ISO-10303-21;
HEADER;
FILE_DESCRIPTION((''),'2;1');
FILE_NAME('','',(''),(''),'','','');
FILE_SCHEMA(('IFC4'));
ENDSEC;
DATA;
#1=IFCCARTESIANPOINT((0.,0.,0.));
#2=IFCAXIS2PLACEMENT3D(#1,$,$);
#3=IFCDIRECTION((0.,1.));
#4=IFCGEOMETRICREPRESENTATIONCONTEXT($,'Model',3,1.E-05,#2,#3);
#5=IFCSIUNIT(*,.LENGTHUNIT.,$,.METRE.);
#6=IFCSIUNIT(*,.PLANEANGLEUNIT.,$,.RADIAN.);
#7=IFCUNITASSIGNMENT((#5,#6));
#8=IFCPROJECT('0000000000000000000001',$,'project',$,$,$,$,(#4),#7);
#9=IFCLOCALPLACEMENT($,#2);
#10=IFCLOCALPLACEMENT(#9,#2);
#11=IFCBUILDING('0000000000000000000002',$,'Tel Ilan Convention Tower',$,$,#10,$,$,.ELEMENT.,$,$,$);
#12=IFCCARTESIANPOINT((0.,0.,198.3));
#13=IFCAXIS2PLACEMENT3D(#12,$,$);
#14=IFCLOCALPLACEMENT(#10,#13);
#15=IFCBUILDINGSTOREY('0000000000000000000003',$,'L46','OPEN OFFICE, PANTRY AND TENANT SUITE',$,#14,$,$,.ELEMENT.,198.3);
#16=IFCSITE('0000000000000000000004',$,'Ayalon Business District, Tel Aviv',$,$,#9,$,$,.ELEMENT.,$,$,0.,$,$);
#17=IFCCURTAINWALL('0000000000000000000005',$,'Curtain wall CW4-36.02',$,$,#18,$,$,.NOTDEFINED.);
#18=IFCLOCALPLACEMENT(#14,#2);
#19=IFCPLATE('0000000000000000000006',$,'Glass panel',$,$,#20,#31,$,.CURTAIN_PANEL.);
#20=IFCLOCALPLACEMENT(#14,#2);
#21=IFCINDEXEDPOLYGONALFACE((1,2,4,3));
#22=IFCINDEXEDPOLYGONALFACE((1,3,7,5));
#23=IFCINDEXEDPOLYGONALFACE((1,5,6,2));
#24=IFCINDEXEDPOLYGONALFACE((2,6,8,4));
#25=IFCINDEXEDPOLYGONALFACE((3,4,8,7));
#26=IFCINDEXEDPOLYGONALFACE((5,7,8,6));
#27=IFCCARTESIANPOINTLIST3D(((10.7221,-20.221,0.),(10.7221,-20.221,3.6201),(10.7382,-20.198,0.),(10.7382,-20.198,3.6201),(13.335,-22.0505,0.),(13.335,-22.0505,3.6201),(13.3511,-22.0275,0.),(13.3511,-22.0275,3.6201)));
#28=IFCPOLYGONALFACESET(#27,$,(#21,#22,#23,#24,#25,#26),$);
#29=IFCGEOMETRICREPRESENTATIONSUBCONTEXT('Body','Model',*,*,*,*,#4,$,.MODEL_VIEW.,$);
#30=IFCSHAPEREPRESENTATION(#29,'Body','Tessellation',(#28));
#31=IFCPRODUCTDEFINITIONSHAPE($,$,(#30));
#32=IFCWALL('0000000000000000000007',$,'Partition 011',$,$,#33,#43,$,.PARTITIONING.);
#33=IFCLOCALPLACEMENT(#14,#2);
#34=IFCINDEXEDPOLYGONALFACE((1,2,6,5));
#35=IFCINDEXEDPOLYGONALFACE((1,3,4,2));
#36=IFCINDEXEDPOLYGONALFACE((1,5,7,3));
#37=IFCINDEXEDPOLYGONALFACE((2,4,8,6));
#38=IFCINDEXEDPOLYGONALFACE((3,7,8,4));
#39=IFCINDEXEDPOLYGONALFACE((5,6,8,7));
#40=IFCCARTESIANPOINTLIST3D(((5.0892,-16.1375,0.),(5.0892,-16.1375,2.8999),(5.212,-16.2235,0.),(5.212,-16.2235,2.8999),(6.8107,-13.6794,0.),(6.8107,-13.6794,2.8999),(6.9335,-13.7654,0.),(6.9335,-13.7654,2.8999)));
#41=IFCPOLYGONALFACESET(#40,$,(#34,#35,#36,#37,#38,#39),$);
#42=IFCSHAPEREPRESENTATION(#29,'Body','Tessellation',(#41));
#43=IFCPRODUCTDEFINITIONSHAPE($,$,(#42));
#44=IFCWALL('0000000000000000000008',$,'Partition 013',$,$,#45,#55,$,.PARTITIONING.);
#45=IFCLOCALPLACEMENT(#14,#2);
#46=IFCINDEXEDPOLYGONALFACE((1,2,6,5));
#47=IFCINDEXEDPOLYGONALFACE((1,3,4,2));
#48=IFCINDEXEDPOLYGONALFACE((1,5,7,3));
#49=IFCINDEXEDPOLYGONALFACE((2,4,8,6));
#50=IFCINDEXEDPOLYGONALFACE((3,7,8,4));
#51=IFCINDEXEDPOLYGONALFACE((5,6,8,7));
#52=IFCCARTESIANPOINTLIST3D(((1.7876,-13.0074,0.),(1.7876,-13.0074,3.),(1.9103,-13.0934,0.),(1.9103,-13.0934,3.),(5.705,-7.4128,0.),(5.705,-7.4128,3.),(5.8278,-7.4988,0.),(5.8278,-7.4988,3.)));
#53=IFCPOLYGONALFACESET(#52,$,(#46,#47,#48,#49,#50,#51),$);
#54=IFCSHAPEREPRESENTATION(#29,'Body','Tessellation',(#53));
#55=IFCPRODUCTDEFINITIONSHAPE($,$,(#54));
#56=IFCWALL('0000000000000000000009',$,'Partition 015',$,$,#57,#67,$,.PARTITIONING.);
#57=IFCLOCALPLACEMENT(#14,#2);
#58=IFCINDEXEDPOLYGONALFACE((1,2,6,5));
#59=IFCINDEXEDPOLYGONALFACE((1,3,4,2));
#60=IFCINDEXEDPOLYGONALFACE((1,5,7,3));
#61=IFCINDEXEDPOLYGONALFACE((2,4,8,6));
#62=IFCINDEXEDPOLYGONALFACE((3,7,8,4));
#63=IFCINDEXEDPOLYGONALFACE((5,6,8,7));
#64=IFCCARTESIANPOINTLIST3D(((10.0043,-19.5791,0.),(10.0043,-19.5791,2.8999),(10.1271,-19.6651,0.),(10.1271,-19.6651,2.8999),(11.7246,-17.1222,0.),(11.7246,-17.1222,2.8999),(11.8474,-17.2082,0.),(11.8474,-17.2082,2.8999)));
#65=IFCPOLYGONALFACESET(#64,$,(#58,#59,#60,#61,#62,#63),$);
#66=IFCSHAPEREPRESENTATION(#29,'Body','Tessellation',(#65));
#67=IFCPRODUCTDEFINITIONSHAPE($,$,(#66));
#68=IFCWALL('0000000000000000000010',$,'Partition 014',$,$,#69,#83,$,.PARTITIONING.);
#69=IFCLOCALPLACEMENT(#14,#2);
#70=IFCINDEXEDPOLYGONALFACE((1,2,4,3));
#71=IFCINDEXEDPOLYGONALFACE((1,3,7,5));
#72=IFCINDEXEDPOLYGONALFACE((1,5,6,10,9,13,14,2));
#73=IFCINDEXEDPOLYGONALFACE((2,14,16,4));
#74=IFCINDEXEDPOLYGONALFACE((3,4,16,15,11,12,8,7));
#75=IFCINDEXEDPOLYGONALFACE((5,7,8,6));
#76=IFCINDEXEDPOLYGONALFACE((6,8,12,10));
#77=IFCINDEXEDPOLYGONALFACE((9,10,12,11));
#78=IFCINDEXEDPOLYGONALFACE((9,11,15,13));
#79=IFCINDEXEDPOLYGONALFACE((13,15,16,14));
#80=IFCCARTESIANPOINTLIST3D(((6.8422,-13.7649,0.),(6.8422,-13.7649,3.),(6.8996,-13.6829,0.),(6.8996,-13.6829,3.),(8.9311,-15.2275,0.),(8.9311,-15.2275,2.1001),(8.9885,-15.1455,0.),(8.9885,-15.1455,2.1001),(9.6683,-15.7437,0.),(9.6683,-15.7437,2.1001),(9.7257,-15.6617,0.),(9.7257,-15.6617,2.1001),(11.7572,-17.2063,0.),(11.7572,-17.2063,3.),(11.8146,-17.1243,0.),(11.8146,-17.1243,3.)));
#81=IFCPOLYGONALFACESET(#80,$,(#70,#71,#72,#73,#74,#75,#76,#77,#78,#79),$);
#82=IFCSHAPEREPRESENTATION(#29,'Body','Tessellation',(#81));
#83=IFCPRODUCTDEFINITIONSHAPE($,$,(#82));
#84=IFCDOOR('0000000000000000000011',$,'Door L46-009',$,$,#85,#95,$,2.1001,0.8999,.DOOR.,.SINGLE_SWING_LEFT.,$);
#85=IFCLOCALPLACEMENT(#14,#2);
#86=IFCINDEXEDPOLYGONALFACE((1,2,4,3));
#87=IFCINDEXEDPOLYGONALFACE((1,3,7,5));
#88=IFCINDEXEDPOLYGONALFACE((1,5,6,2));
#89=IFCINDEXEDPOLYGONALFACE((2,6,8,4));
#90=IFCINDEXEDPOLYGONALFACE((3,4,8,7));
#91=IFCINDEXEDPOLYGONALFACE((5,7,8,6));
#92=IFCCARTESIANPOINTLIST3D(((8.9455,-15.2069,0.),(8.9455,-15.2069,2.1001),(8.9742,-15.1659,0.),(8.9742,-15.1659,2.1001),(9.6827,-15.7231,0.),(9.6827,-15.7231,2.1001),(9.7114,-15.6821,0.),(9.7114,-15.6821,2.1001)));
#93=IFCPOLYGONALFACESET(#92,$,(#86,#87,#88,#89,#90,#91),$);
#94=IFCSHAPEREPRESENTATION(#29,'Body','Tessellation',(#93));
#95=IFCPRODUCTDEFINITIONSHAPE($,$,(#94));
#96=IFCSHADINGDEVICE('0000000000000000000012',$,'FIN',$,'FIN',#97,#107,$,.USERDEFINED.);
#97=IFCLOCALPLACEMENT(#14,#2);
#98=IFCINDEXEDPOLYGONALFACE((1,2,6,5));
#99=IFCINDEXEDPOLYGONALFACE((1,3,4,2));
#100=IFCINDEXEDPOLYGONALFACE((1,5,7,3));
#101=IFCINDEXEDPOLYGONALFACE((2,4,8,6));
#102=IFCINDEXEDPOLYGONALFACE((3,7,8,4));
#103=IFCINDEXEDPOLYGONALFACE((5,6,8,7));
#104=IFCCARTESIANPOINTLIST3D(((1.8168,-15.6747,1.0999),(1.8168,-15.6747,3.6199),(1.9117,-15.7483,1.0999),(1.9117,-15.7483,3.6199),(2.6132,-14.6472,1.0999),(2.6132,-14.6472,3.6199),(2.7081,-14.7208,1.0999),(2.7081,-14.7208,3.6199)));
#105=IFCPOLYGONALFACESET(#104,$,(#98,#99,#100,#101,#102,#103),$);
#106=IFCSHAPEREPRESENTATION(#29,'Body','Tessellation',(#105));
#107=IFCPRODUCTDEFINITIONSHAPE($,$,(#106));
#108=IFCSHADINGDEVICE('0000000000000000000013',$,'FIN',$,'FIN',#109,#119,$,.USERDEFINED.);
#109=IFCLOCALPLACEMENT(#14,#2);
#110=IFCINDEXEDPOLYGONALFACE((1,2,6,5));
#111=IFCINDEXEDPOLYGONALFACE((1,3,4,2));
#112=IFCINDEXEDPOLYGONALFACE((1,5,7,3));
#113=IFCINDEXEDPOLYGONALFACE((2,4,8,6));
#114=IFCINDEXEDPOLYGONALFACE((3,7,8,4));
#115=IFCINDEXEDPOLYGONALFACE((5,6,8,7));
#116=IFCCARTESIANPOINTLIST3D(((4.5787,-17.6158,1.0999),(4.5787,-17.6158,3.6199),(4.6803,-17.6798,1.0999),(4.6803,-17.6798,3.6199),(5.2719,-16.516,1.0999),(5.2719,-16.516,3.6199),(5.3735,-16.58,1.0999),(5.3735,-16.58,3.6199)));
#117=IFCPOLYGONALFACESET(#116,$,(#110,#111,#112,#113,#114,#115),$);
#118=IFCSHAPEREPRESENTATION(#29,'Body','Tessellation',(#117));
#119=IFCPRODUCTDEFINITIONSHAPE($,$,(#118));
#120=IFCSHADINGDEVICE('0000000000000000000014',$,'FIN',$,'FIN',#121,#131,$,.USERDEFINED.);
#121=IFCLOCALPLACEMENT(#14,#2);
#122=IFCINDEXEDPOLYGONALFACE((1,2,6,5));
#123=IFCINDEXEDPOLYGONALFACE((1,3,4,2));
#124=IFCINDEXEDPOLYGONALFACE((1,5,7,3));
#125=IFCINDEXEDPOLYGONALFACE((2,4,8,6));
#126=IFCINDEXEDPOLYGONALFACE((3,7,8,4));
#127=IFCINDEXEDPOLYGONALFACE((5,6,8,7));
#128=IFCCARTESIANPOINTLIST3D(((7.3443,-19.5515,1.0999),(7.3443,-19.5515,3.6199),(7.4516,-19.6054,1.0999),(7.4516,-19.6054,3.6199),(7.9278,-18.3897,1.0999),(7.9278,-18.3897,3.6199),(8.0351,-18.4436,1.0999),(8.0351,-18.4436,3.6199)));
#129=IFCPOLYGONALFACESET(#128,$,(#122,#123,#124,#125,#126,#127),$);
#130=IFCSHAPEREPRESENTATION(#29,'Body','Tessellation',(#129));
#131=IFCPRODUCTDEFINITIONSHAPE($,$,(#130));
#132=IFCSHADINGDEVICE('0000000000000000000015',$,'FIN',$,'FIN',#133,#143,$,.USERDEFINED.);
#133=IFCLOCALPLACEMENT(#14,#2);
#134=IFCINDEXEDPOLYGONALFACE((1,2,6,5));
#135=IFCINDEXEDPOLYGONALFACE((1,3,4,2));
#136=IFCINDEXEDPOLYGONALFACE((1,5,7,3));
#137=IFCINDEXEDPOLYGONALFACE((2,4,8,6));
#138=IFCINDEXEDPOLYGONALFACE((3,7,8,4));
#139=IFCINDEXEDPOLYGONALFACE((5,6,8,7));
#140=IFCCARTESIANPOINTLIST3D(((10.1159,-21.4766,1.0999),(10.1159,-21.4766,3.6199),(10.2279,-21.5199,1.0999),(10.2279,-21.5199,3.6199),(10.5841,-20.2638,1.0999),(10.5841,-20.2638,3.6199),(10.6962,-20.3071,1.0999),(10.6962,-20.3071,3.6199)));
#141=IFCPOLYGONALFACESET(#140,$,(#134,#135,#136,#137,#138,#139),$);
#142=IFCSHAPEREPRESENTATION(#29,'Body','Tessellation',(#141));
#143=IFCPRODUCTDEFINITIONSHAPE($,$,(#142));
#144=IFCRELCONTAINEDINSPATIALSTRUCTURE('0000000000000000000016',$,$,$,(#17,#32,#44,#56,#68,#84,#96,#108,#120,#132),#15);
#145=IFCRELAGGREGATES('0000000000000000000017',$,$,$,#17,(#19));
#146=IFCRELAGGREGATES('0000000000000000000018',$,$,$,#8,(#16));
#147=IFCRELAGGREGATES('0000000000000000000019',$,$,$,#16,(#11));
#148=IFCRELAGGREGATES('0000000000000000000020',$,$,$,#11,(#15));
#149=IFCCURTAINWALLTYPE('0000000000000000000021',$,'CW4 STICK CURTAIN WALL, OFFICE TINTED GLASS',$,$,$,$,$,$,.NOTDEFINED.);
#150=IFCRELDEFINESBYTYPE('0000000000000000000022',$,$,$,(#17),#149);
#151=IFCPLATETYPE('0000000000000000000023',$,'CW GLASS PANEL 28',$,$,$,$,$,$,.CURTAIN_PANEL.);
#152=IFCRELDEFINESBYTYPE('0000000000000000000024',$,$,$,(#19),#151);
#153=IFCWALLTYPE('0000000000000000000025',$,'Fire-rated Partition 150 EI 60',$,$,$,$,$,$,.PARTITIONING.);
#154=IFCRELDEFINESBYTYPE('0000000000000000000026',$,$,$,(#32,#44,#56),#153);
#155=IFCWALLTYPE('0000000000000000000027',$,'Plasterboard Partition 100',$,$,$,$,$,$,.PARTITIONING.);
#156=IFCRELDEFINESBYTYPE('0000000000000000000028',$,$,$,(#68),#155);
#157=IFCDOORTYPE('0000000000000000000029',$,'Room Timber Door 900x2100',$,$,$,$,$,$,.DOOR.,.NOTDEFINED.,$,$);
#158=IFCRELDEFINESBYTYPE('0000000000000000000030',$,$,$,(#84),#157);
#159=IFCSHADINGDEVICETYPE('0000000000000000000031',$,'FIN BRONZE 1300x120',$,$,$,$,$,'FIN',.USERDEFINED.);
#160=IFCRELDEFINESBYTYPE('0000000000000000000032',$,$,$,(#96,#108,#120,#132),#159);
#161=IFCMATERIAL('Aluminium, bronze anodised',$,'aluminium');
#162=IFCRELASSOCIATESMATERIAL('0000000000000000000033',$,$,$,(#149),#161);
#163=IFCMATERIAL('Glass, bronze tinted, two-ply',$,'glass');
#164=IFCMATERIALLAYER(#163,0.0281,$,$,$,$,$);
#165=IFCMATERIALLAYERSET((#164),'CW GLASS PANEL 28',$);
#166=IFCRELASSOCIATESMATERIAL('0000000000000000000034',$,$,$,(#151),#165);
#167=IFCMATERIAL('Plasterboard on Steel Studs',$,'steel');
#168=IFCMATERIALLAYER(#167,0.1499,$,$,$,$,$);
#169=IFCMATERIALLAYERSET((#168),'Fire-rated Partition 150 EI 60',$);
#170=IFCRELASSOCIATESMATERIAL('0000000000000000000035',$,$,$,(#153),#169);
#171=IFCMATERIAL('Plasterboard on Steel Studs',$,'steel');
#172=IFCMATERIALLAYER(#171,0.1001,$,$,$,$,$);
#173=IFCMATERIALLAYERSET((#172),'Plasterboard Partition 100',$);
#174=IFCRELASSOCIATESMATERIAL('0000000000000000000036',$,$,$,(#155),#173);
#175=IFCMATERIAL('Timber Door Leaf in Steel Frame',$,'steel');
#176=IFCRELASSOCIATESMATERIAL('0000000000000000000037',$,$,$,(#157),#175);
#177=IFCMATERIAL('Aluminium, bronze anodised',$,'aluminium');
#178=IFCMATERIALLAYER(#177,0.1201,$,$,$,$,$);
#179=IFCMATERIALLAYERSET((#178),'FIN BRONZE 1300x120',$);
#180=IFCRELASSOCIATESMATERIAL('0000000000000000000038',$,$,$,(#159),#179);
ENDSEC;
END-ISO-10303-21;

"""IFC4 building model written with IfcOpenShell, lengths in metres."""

from ifc_helpers import new_model, si_unit, direction, frame, frame_2d, origin, origin_2d, place, context, subcontext, project, spatial, rectangle, extrude, material, layer, layer_set, type_object, element, fill, aggregate, save


model = new_model("IFC4")

# Units and contexts
model_context = context("Model", 3, precision=1e-05, world=origin(), true_north=direction((0.0, 1.0)))
body_context = subcontext(model_context, "Body", "Model", "MODEL_VIEW")
ifc_project = project(units=[si_unit("LENGTHUNIT", "METRE"), si_unit("PLANEANGLEUNIT", "RADIAN")], contexts=[model_context])

# Site, building, storey
site_placement = place(None, origin())
site = spatial("IfcSite", under=ifc_project, at=site_placement, Name="Ayalon Business District, Tel Aviv", CompositionType="ELEMENT", RefElevation=0.0)
building_placement = place(site_placement, origin())
building = spatial("IfcBuilding", under=site, at=building_placement, Name="Tel Ilan Convention Tower", CompositionType="ELEMENT")
storey_placement = place(building_placement, frame((0.0, 0.0, 198.3)))
storey = spatial("IfcBuildingStorey", under=building, at=storey_placement, Name="L46", Description="OPEN OFFICE, PANTRY AND TENANT SUITE", CompositionType="ELEMENT", Elevation=198.3)

# Curtain wall, plate
ifc_material_1 = material(Name="Aluminium, bronze anodised", Category="aluminium")
curtain_wall_type = type_object("IfcCurtainWallType", Name="CW4 STICK CURTAIN WALL, OFFICE TINTED GLASS", PredefinedType="NOTDEFINED", material=ifc_material_1)
curtain_wall_placement = place(storey_placement, origin())
curtain_wall = element("IfcCurtainWall", 1, at=curtain_wall_placement, inside=storey, type_object=curtain_wall_type, Name="Curtain wall CW4-36.02", PredefinedType="NOTDEFINED")
ifc_material_2 = material(Name="Glass, bronze tinted, two-ply", Category="glass")
ifc_layer_1 = layer(ifc_material_2, 0.0281)
ifc_layer_set_1 = layer_set([ifc_layer_1], Name="CW GLASS PANEL 28")
plate_type = type_object("IfcPlateType", Name="CW GLASS PANEL 28", PredefinedType="CURTAIN_PANEL", material=ifc_layer_set_1)
plate_1_placement = place(storey_placement, frame((12.0366, -21.1243, 0.0), z_axis=(0.0, 0.0, 1.0), x_axis=(0.819152, -0.573576, 0.0)))
plate_1 = element("IfcPlate", 2, at=plate_1_placement, type_object=plate_type, Name="Glass panel", PredefinedType="CURTAIN_PANEL", context=body_context, shape_type="SweptSolid", body=[
    extrude(rectangle(XDim=3.1897, YDim=0.0281, at=origin_2d()), origin(), (0.0, 0.0, 1.0), 3.6201),
])
aggregate(curtain_wall, [plate_1])

# Walls
ifc_material_3 = material(Name="Plasterboard on Steel Studs", Category="steel")
ifc_layer_2 = layer(ifc_material_3, 0.1499)
ifc_layer_set_2 = layer_set([ifc_layer_2], Name="Fire-rated Partition 150 EI 60")
wall_type_1 = type_object("IfcWallType", Name="Fire-rated Partition 150 EI 60", PredefinedType="PARTITIONING", material=ifc_layer_set_2)
wall_1_placement = place(storey_placement, frame((6.8721, -13.7224, 0.0), z_axis=(0.0, 0.0, 1.0), x_axis=(-0.573648, -0.819102, 0.0)))
element("IfcWall", 3, at=wall_1_placement, inside=storey, type_object=wall_type_1, Name="Partition 011", PredefinedType="PARTITIONING", context=body_context, shape_type="SweptSolid", body=[
    extrude(rectangle(XDim=3.001, YDim=0.1499, at=frame_2d((1.5005, 0.0))), origin(), (0.0, 0.0, 1.0), 2.8999),
])
wall_2_placement = place(storey_placement, frame((1.8489, -13.0505, 0.0), z_axis=(0.0, 0.0, 1.0), x_axis=(0.573577, 0.819151, 0.0)))
element("IfcWall", 4, at=wall_2_placement, inside=storey, type_object=wall_type_1, Name="Partition 013", PredefinedType="PARTITIONING", context=body_context, shape_type="SweptSolid", body=[
    extrude(rectangle(XDim=6.8298, YDim=0.1499, at=frame_2d((3.415, 0.0))), origin(), (0.0, 0.0, 1.0), 3.0),
])
wall_3_placement = place(storey_placement, frame((11.7859, -17.1653, 0.0), z_axis=(0.0, 0.0, 1.0), x_axis=(-0.573566, -0.819159, 0.0)))
element("IfcWall", 5, at=wall_3_placement, inside=storey, type_object=wall_type_1, Name="Partition 015", PredefinedType="PARTITIONING", context=body_context, shape_type="SweptSolid", body=[
    extrude(rectangle(XDim=2.9993, YDim=0.1499, at=frame_2d((1.4995, 0.0))), origin(), (0.0, 0.0, 1.0), 2.8999),
])

# Wall, opening, door
ifc_material_4 = material(Name="Plasterboard on Steel Studs", Category="steel")
ifc_layer_3 = layer(ifc_material_4, 0.1001)
ifc_layer_set_3 = layer_set([ifc_layer_3], Name="Plasterboard Partition 100")
wall_type_2 = type_object("IfcWallType", Name="Plasterboard Partition 100", PredefinedType="PARTITIONING", material=ifc_layer_set_3)
wall_4_placement = place(storey_placement, frame((11.7859, -17.1653, 0.0), z_axis=(0.0, 0.0, 1.0), x_axis=(-0.819163, 0.573561, 0.0)))
wall_4 = element("IfcWall", 6, at=wall_4_placement, inside=storey, type_object=wall_type_2, Name="Partition 014", PredefinedType="PARTITIONING", context=body_context, shape_type="SweptSolid", body=[
    extrude(rectangle(XDim=6.0, YDim=0.1001, at=frame_2d((3.0, 0.0))), origin(), (0.0, 0.0, 1.0), 3.0),
])
opening_placement = place(wall_4_placement, frame((2.55, 0.0, 0.0)))
opening = element("IfcOpeningElement", 7, at=opening_placement, cuts=wall_4, PredefinedType="OPENING", context=body_context, shape_type="SweptSolid", body=[
    extrude(rectangle(XDim=0.8999, YDim=2.1001, at=frame_2d((0.45, 1.05))), frame((0.0, 0.0601, 0.0), z_axis=(0.0, -1.0, 0.0), x_axis=(1.0, 0.0, 0.0)), (0.0, 0.0, 1.0), 0.1201),
])
ifc_material_5 = material(Name="Timber Door Leaf in Steel Frame", Category="steel")
door_type = type_object("IfcDoorType", Name="Room Timber Door 900x2100", OperationType="NOTDEFINED", PredefinedType="DOOR", material=ifc_material_5)
door_placement = place(opening_placement, origin())
door = element("IfcDoor", 8, at=door_placement, inside=storey, type_object=door_type, Name="Door L46-009", OperationType="SINGLE_SWING_LEFT", OverallHeight=2.1001, OverallWidth=0.8999, PredefinedType="DOOR", context=body_context, shape_type="SweptSolid", body=[
    extrude(rectangle(XDim=0.8999, YDim=2.1001, at=frame_2d((0.45, 1.05))), frame((0.0, 0.0249, 0.0), z_axis=(0.0, -1.0, 0.0), x_axis=(1.0, 0.0, 0.0)), (0.0, 0.0, 1.0), 0.05),
])
fill(opening, door)

# Shading devices
ifc_material_6 = material(Name="Aluminium, bronze anodised", Category="aluminium")
ifc_layer_4 = layer(ifc_material_6, 0.1201)
ifc_layer_set_4 = layer_set([ifc_layer_4], Name="FIN BRONZE 1300x120")
shading_device_type = type_object("IfcShadingDeviceType", Name="FIN BRONZE 1300x120", ElementType="FIN", PredefinedType="USERDEFINED", material=ifc_layer_set_4)
for number, where, z_axis, x_axis, name in (
    (9, (2.2625, -15.1978, 1.0999), (0.0, 0.0, 1.0), (-0.612601, -0.790393, 0.0), "FIN"),
    (10, (4.9761, -17.0979, 1.0999), (0.0, 0.0, 1.0), (-0.533204, -0.845986, 0.0), "FIN"),
    (11, (7.6897, -18.9976, 1.0999), (0.0, 0.0, 1.0), (-0.448799, -0.893633, 0.0), "FIN"),
    (12, (10.406, -20.8918, 1.0999), (0.0, 0.0, 1.0), (-0.360178, -0.932884, 0.0), "FIN"),
):
    element("IfcShadingDevice", number, at=place(storey_placement, frame(where, z_axis=z_axis, x_axis=x_axis)), inside=storey, type_object=shading_device_type, Name=name, ObjectType="FIN", PredefinedType="USERDEFINED", context=body_context, shape_type="SweptSolid", body=[
        extrude(rectangle(XDim=1.3, YDim=0.1201, at=origin_2d()), origin(), (0.0, 0.0, 1.0), 2.52),
    ])

save(model, "model.ifc")
